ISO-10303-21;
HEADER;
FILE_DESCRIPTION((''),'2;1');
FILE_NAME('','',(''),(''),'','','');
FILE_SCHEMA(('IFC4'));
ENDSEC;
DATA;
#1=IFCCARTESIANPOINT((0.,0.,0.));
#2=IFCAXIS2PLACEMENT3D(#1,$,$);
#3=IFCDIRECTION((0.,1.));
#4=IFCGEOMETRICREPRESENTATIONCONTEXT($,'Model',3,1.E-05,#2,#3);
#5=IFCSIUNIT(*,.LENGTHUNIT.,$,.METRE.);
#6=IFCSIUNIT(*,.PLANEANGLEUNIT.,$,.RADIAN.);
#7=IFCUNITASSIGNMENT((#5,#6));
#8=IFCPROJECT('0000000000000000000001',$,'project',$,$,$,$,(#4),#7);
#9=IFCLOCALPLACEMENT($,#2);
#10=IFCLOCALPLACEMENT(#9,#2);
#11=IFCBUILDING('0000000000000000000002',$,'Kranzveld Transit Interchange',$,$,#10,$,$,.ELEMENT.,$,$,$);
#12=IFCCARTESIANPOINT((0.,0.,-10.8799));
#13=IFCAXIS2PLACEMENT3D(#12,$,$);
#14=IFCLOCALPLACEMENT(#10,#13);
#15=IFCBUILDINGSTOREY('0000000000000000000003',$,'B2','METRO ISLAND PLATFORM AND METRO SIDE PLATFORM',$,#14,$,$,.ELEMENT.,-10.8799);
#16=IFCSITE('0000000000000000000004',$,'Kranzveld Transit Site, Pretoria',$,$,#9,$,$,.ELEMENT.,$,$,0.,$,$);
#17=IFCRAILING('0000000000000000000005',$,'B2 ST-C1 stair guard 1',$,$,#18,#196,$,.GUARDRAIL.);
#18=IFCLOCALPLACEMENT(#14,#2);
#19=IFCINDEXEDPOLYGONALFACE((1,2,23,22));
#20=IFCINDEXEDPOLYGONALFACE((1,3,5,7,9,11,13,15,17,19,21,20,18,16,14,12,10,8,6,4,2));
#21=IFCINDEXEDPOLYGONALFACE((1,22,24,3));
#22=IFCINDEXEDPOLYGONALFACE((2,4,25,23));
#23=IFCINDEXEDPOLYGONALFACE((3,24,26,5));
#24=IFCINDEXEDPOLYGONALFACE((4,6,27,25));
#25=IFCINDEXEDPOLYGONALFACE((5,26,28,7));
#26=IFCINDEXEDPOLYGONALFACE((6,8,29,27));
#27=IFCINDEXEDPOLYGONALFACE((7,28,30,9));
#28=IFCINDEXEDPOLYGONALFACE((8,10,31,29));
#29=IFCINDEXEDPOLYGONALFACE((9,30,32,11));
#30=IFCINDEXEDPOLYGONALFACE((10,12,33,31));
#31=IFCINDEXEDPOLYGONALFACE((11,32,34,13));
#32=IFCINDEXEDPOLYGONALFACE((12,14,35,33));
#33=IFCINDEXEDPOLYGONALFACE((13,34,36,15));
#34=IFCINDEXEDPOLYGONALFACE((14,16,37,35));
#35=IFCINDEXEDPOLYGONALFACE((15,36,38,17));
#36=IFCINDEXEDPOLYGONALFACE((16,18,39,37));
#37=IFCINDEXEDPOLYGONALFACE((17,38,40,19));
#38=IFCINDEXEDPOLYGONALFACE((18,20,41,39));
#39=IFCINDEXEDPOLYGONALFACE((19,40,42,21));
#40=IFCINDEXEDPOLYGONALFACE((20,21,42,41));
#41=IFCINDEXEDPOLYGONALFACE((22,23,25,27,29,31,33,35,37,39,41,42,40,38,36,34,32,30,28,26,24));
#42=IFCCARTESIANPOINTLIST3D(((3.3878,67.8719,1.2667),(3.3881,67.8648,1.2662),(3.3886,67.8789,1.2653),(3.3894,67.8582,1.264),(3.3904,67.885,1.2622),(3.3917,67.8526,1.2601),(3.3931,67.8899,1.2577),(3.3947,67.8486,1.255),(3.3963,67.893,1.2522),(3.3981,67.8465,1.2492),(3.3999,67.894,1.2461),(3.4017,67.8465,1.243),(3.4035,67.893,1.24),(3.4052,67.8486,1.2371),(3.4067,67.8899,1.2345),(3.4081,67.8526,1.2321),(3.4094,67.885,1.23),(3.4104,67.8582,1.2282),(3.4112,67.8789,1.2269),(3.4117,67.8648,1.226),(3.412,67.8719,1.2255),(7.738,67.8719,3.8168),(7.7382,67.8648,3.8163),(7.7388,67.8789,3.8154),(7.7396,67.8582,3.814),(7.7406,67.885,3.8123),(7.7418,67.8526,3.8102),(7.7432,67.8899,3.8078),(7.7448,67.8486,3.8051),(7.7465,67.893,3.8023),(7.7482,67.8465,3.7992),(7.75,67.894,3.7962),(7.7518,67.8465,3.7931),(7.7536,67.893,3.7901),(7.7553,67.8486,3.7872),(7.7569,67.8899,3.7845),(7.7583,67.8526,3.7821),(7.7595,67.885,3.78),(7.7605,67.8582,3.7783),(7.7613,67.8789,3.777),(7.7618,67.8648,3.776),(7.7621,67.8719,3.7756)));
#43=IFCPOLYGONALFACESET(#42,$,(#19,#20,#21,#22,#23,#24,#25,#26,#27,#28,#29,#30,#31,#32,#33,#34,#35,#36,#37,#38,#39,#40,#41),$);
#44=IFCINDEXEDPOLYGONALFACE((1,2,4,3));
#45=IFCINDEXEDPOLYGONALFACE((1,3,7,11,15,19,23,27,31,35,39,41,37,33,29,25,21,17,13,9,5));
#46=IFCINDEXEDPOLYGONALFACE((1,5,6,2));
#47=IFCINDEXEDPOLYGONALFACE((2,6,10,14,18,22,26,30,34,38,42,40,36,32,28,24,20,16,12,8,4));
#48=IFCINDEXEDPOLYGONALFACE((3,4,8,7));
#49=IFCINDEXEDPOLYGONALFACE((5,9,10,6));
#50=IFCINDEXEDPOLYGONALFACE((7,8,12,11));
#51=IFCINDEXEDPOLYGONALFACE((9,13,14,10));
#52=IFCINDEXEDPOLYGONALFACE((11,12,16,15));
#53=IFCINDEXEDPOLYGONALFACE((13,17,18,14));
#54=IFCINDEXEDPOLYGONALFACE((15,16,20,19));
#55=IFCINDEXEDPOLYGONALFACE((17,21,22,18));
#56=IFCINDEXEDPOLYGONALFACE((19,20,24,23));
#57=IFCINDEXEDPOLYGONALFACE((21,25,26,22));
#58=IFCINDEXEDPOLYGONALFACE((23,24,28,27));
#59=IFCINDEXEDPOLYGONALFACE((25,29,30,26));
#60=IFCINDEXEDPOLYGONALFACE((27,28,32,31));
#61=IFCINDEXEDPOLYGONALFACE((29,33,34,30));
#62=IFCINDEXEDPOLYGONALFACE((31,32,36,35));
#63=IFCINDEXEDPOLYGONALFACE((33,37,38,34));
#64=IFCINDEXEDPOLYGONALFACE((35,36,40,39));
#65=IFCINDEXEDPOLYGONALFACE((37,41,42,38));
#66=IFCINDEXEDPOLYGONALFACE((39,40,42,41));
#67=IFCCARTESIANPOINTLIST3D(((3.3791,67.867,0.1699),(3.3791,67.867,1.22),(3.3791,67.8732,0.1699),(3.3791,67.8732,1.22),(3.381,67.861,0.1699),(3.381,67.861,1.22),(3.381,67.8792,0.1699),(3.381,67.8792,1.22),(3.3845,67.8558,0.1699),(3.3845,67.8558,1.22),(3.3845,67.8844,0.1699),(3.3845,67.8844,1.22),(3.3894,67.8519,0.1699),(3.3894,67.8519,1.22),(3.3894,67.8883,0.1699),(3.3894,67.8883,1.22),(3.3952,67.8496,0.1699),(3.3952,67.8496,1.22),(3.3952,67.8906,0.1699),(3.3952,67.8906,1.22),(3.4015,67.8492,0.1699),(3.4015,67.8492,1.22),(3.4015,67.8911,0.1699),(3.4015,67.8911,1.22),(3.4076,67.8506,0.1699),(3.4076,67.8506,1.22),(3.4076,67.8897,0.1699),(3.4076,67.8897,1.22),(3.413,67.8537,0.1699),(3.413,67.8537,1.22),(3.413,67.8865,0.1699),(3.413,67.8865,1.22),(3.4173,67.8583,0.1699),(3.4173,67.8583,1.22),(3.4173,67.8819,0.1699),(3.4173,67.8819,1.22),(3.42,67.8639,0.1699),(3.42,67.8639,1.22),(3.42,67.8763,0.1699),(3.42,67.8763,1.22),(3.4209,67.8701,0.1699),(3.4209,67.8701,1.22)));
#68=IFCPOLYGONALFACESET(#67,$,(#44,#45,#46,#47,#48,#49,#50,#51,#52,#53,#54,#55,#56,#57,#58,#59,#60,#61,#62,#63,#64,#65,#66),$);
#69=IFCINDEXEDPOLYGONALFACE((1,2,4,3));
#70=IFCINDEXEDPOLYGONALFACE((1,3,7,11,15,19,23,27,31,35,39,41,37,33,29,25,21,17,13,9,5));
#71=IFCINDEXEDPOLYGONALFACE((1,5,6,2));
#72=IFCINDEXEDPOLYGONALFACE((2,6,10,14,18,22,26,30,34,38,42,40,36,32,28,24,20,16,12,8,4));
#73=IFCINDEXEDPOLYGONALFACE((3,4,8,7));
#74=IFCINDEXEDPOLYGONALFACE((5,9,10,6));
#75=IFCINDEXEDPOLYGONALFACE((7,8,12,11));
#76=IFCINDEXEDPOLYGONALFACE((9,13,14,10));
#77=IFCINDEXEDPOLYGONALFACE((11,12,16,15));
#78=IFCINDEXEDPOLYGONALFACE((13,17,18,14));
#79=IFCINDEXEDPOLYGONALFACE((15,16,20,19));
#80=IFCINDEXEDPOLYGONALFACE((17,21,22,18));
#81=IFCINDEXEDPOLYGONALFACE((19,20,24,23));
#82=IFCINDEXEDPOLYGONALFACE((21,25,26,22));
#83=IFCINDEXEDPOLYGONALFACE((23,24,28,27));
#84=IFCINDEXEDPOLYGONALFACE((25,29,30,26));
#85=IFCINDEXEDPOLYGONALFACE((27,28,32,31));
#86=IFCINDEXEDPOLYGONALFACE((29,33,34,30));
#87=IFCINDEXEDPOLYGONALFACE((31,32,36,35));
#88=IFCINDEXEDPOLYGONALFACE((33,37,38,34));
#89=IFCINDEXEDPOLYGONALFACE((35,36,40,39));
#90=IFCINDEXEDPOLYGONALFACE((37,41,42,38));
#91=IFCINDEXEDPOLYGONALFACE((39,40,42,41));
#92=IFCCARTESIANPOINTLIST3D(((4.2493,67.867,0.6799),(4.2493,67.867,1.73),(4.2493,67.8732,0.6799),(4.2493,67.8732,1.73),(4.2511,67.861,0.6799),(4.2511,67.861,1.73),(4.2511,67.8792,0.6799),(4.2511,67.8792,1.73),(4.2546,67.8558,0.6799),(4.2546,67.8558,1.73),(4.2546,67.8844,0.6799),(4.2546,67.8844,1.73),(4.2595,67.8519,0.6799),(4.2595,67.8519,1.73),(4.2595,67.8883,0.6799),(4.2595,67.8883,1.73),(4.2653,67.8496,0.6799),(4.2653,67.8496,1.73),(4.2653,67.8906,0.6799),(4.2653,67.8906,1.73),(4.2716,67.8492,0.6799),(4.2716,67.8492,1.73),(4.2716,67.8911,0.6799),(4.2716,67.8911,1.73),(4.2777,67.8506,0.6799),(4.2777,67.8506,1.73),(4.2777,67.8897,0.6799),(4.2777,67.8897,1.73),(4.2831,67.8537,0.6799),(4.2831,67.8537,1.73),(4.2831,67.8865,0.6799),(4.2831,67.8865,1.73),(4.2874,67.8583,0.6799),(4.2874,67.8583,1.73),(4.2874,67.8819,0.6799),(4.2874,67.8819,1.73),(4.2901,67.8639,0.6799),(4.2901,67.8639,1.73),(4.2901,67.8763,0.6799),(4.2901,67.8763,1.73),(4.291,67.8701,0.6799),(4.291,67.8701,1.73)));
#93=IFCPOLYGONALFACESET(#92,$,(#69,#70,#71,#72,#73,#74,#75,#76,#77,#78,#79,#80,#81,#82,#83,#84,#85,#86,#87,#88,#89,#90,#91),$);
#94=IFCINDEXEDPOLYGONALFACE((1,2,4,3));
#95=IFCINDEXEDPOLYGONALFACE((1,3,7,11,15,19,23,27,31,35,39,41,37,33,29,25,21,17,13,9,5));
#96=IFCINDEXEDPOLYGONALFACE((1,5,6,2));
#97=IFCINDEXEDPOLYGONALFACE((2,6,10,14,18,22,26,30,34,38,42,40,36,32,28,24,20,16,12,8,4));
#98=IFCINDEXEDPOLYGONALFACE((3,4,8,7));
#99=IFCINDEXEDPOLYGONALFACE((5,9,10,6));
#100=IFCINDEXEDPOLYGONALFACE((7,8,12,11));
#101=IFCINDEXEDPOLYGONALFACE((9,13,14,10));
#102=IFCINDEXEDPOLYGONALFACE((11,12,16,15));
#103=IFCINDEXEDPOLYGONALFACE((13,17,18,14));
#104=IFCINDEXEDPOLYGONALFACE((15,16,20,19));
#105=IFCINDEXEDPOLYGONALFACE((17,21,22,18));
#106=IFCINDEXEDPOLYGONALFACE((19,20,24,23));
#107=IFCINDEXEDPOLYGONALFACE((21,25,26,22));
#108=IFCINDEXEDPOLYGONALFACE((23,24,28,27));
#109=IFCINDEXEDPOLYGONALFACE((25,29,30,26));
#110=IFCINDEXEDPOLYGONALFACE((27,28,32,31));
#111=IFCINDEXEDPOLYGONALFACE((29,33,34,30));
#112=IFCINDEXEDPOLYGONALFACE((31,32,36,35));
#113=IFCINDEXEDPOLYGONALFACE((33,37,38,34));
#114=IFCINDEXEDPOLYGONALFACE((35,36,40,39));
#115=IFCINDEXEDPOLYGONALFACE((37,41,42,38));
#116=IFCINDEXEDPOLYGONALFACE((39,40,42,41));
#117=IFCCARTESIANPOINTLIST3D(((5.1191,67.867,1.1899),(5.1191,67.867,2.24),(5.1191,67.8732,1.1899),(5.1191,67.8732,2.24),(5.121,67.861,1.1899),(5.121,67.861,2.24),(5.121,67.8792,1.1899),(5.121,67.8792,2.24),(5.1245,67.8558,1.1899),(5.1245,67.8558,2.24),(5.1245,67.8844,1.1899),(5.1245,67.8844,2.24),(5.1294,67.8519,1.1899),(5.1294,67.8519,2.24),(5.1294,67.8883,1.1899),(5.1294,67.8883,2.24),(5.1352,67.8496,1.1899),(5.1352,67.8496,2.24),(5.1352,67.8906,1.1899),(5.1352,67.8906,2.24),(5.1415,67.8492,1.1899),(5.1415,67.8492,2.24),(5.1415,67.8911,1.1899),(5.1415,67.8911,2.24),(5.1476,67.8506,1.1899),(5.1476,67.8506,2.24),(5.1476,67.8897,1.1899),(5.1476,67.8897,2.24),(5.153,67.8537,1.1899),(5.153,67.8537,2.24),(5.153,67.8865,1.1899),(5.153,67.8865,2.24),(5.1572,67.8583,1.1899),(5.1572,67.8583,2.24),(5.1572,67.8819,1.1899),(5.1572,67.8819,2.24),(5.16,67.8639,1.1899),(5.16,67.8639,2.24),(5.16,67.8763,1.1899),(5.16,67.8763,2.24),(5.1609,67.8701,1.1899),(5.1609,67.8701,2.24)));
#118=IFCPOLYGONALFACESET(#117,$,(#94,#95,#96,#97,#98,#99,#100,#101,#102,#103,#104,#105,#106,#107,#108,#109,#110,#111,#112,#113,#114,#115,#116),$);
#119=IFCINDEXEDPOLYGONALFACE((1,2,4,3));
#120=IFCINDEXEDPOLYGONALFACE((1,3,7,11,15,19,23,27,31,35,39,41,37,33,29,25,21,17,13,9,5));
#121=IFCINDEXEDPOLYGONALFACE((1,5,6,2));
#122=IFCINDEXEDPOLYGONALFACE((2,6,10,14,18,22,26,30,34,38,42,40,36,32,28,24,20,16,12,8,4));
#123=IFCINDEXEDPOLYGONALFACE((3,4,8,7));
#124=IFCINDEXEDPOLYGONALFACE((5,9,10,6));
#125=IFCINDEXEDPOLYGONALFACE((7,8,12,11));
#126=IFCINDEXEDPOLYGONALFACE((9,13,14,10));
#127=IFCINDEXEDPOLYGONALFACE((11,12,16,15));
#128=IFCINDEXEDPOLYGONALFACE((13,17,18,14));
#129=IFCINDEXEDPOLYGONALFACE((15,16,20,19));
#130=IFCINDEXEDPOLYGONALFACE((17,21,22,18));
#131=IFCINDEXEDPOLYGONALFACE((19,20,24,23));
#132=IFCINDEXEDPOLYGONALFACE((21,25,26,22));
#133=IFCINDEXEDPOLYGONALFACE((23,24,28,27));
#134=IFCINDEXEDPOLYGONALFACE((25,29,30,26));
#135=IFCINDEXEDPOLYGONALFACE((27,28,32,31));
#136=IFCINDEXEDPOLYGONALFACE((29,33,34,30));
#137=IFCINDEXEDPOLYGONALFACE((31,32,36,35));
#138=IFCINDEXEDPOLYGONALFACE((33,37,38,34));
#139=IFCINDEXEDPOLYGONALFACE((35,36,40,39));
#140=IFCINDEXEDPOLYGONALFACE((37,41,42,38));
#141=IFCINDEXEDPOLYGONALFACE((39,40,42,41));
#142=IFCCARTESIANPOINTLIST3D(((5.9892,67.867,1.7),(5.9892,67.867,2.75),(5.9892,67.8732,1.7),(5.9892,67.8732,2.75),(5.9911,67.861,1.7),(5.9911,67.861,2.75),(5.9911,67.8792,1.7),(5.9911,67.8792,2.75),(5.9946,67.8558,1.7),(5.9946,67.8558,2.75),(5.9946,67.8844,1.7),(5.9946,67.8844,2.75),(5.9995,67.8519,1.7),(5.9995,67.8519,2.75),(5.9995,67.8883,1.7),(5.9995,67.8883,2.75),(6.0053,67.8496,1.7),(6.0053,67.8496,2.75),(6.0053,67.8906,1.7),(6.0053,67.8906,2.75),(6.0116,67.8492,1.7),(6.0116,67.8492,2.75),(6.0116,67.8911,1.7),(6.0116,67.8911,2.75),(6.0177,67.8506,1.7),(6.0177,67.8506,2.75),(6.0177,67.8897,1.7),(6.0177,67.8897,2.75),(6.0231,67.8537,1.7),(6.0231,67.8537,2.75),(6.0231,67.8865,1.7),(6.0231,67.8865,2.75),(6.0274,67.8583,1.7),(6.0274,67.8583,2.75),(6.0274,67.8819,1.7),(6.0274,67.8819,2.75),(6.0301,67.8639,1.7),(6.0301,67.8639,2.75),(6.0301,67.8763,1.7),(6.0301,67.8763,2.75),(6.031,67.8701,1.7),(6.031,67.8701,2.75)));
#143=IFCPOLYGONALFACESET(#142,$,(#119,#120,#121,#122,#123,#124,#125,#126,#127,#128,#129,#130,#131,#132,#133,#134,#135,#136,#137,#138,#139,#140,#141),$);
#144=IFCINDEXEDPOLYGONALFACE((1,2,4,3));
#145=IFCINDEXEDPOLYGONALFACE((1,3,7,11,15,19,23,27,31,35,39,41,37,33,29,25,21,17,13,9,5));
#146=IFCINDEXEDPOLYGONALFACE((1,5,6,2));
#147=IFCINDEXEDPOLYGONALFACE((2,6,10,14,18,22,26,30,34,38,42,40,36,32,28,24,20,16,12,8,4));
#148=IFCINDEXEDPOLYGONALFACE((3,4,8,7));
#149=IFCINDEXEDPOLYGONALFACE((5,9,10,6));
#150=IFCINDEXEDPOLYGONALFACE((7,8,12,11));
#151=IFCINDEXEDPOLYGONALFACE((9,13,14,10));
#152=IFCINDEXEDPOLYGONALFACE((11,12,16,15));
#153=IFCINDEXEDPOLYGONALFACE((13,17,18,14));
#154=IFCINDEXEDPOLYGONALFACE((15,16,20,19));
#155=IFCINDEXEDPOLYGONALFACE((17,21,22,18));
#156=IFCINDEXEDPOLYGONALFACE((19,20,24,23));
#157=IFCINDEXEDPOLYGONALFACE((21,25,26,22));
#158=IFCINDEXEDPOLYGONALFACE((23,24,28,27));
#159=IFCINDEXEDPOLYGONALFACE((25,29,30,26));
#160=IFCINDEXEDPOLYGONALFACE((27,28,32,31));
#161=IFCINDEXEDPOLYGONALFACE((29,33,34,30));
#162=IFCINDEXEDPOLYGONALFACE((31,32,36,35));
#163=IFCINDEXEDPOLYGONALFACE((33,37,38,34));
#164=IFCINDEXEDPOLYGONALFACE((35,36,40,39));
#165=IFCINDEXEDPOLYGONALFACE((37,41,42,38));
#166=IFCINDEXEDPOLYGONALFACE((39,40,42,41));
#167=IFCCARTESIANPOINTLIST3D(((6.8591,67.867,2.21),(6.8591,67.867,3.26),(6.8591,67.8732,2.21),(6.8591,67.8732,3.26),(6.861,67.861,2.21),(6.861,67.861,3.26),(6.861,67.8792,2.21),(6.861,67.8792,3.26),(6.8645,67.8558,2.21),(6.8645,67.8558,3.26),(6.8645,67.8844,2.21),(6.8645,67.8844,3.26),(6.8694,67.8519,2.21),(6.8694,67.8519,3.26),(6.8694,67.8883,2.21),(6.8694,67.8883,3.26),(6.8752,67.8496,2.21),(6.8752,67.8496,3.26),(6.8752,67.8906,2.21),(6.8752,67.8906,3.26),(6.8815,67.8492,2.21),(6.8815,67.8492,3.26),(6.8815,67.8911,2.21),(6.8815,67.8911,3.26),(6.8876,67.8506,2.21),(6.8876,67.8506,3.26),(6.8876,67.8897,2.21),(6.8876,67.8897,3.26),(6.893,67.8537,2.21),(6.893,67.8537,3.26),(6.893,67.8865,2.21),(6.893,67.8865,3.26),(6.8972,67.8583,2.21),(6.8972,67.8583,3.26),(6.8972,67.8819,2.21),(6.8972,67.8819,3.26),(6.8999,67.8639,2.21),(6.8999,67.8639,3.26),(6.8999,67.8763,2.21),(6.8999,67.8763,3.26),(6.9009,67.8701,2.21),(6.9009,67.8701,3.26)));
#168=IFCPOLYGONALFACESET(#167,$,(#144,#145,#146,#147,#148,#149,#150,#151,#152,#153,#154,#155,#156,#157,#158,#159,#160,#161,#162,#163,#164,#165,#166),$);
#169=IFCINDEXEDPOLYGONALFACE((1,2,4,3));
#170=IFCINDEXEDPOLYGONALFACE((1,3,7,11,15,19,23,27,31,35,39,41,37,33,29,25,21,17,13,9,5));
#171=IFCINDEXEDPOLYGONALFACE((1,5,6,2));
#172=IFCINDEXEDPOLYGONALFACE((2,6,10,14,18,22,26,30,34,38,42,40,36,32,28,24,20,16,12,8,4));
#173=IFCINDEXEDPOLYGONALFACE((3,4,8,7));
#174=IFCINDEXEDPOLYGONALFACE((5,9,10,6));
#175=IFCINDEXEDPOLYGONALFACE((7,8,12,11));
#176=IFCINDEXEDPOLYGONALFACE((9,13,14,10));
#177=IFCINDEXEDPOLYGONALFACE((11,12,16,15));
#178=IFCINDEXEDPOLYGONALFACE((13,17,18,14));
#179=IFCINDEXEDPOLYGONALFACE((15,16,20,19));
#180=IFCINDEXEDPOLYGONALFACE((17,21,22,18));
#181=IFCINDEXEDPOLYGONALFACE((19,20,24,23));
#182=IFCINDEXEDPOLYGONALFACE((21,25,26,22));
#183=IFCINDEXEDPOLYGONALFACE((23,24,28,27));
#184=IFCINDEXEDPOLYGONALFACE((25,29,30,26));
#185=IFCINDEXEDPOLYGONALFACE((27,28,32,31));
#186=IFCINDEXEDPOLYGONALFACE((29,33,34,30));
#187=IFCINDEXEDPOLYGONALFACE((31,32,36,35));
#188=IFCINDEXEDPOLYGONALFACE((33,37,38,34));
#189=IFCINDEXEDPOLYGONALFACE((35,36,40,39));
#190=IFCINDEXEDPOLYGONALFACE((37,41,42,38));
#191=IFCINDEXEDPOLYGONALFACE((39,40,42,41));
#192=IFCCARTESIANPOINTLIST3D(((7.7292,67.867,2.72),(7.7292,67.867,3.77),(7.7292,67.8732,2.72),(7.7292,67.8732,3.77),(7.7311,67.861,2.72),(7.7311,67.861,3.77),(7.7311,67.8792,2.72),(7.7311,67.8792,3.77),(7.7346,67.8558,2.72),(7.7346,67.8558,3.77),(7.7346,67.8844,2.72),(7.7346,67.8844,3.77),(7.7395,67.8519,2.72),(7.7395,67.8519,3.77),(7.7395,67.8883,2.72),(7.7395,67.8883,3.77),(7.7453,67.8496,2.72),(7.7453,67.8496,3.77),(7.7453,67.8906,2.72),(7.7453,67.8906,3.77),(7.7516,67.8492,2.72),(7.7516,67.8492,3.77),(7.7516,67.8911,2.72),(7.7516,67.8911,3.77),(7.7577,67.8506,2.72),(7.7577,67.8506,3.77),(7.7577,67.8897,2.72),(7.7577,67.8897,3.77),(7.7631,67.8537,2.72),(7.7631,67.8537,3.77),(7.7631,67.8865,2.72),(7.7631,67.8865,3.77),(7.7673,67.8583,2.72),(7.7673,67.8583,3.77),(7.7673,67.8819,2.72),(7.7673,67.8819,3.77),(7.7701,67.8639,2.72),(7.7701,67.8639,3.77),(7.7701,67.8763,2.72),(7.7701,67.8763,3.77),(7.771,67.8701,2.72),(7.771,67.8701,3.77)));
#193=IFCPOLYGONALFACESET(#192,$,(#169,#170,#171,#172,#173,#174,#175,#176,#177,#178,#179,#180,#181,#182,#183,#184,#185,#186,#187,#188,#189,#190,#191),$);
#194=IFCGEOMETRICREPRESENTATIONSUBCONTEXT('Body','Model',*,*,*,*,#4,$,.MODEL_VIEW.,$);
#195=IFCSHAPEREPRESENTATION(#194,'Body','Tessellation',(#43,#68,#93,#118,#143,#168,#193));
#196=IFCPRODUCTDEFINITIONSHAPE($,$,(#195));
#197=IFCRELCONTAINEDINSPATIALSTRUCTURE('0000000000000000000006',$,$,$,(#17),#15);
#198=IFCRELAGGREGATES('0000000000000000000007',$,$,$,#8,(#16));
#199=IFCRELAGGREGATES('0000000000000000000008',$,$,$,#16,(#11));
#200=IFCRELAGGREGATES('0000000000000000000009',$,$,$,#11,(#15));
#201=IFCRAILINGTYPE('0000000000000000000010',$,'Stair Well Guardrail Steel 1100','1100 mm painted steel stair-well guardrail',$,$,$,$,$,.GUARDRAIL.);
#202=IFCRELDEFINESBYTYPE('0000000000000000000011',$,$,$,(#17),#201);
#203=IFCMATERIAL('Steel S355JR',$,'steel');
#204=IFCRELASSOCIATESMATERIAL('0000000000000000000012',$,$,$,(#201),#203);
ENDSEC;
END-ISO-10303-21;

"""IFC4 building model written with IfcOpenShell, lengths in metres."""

from ifc_helpers import new_model, si_unit, direction, frame, origin, origin_2d, place, context, subcontext, project, spatial, circle, extrude, material, type_object, element, save


model = new_model("IFC4")

# Units and contexts
model_context = context("Model", 3, precision=1e-05, world=origin(), true_north=direction((0.0, 1.0)))
body_context = subcontext(model_context, "Body", "Model", "MODEL_VIEW")
ifc_project = project(units=[si_unit("LENGTHUNIT", "METRE"), si_unit("PLANEANGLEUNIT", "RADIAN")], contexts=[model_context])

# Site, building, storey
site_placement = place(None, origin())
site = spatial("IfcSite", under=ifc_project, at=site_placement, Name="Kranzveld Transit Site, Pretoria", CompositionType="ELEMENT", RefElevation=0.0)
building_placement = place(site_placement, origin())
building = spatial("IfcBuilding", under=site, at=building_placement, Name="Kranzveld Transit Interchange", CompositionType="ELEMENT")
storey_placement = place(building_placement, frame((0.0, 0.0, -10.8799)))
storey = spatial("IfcBuildingStorey", under=building, at=storey_placement, Name="B2", Description="METRO ISLAND PLATFORM AND METRO SIDE PLATFORM", CompositionType="ELEMENT", Elevation=-10.8799)

# Railing
ifc_material_1 = material(Name="Steel S355JR", Category="steel")
railing_type_1 = type_object("IfcRailingType", Name="Stair Well Guardrail Steel 1100", Description="1100 mm painted steel stair-well guardrail", PredefinedType="GUARDRAIL", material=ifc_material_1)
railing_1_placement = place(storey_placement, frame((3.3999, 67.8701, 0.1699)))
element("IfcRailing", 1, at=railing_1_placement, inside=storey, type_object=railing_type_1, Name="B2 ST-C1 stair guard 1", PredefinedType="GUARDRAIL", context=body_context, shape_type="SweptSolid", body=[
    extrude(circle(Radius=0.0239, at=origin_2d()), frame((0.0, 0.0, 1.0762), z_axis=(0.862699, 0.0, 0.505718), x_axis=(0.0, 1.0, 0.0)), (0.0, 0.0, 1.0), 5.0425),
    extrude(circle(Radius=0.021, at=origin_2d()), origin(), (0.0, 0.0, 1.0), 1.05),
    extrude(circle(Radius=0.021, at=origin_2d()), frame((0.8701, 0.0, 0.51)), (0.0, 0.0, 1.0), 1.05),
    extrude(circle(Radius=0.021, at=origin_2d()), frame((1.74, 0.0, 1.02)), (0.0, 0.0, 1.0), 1.05),
    extrude(circle(Radius=0.021, at=origin_2d()), frame((2.6101, 0.0, 1.53)), (0.0, 0.0, 1.0), 1.05),
    extrude(circle(Radius=0.021, at=origin_2d()), frame((3.48, 0.0, 2.04)), (0.0, 0.0, 1.0), 1.05),
    extrude(circle(Radius=0.021, at=origin_2d()), frame((4.3501, 0.0, 2.55)), (0.0, 0.0, 1.0), 1.05),
])

save(model, "model.ifc")
